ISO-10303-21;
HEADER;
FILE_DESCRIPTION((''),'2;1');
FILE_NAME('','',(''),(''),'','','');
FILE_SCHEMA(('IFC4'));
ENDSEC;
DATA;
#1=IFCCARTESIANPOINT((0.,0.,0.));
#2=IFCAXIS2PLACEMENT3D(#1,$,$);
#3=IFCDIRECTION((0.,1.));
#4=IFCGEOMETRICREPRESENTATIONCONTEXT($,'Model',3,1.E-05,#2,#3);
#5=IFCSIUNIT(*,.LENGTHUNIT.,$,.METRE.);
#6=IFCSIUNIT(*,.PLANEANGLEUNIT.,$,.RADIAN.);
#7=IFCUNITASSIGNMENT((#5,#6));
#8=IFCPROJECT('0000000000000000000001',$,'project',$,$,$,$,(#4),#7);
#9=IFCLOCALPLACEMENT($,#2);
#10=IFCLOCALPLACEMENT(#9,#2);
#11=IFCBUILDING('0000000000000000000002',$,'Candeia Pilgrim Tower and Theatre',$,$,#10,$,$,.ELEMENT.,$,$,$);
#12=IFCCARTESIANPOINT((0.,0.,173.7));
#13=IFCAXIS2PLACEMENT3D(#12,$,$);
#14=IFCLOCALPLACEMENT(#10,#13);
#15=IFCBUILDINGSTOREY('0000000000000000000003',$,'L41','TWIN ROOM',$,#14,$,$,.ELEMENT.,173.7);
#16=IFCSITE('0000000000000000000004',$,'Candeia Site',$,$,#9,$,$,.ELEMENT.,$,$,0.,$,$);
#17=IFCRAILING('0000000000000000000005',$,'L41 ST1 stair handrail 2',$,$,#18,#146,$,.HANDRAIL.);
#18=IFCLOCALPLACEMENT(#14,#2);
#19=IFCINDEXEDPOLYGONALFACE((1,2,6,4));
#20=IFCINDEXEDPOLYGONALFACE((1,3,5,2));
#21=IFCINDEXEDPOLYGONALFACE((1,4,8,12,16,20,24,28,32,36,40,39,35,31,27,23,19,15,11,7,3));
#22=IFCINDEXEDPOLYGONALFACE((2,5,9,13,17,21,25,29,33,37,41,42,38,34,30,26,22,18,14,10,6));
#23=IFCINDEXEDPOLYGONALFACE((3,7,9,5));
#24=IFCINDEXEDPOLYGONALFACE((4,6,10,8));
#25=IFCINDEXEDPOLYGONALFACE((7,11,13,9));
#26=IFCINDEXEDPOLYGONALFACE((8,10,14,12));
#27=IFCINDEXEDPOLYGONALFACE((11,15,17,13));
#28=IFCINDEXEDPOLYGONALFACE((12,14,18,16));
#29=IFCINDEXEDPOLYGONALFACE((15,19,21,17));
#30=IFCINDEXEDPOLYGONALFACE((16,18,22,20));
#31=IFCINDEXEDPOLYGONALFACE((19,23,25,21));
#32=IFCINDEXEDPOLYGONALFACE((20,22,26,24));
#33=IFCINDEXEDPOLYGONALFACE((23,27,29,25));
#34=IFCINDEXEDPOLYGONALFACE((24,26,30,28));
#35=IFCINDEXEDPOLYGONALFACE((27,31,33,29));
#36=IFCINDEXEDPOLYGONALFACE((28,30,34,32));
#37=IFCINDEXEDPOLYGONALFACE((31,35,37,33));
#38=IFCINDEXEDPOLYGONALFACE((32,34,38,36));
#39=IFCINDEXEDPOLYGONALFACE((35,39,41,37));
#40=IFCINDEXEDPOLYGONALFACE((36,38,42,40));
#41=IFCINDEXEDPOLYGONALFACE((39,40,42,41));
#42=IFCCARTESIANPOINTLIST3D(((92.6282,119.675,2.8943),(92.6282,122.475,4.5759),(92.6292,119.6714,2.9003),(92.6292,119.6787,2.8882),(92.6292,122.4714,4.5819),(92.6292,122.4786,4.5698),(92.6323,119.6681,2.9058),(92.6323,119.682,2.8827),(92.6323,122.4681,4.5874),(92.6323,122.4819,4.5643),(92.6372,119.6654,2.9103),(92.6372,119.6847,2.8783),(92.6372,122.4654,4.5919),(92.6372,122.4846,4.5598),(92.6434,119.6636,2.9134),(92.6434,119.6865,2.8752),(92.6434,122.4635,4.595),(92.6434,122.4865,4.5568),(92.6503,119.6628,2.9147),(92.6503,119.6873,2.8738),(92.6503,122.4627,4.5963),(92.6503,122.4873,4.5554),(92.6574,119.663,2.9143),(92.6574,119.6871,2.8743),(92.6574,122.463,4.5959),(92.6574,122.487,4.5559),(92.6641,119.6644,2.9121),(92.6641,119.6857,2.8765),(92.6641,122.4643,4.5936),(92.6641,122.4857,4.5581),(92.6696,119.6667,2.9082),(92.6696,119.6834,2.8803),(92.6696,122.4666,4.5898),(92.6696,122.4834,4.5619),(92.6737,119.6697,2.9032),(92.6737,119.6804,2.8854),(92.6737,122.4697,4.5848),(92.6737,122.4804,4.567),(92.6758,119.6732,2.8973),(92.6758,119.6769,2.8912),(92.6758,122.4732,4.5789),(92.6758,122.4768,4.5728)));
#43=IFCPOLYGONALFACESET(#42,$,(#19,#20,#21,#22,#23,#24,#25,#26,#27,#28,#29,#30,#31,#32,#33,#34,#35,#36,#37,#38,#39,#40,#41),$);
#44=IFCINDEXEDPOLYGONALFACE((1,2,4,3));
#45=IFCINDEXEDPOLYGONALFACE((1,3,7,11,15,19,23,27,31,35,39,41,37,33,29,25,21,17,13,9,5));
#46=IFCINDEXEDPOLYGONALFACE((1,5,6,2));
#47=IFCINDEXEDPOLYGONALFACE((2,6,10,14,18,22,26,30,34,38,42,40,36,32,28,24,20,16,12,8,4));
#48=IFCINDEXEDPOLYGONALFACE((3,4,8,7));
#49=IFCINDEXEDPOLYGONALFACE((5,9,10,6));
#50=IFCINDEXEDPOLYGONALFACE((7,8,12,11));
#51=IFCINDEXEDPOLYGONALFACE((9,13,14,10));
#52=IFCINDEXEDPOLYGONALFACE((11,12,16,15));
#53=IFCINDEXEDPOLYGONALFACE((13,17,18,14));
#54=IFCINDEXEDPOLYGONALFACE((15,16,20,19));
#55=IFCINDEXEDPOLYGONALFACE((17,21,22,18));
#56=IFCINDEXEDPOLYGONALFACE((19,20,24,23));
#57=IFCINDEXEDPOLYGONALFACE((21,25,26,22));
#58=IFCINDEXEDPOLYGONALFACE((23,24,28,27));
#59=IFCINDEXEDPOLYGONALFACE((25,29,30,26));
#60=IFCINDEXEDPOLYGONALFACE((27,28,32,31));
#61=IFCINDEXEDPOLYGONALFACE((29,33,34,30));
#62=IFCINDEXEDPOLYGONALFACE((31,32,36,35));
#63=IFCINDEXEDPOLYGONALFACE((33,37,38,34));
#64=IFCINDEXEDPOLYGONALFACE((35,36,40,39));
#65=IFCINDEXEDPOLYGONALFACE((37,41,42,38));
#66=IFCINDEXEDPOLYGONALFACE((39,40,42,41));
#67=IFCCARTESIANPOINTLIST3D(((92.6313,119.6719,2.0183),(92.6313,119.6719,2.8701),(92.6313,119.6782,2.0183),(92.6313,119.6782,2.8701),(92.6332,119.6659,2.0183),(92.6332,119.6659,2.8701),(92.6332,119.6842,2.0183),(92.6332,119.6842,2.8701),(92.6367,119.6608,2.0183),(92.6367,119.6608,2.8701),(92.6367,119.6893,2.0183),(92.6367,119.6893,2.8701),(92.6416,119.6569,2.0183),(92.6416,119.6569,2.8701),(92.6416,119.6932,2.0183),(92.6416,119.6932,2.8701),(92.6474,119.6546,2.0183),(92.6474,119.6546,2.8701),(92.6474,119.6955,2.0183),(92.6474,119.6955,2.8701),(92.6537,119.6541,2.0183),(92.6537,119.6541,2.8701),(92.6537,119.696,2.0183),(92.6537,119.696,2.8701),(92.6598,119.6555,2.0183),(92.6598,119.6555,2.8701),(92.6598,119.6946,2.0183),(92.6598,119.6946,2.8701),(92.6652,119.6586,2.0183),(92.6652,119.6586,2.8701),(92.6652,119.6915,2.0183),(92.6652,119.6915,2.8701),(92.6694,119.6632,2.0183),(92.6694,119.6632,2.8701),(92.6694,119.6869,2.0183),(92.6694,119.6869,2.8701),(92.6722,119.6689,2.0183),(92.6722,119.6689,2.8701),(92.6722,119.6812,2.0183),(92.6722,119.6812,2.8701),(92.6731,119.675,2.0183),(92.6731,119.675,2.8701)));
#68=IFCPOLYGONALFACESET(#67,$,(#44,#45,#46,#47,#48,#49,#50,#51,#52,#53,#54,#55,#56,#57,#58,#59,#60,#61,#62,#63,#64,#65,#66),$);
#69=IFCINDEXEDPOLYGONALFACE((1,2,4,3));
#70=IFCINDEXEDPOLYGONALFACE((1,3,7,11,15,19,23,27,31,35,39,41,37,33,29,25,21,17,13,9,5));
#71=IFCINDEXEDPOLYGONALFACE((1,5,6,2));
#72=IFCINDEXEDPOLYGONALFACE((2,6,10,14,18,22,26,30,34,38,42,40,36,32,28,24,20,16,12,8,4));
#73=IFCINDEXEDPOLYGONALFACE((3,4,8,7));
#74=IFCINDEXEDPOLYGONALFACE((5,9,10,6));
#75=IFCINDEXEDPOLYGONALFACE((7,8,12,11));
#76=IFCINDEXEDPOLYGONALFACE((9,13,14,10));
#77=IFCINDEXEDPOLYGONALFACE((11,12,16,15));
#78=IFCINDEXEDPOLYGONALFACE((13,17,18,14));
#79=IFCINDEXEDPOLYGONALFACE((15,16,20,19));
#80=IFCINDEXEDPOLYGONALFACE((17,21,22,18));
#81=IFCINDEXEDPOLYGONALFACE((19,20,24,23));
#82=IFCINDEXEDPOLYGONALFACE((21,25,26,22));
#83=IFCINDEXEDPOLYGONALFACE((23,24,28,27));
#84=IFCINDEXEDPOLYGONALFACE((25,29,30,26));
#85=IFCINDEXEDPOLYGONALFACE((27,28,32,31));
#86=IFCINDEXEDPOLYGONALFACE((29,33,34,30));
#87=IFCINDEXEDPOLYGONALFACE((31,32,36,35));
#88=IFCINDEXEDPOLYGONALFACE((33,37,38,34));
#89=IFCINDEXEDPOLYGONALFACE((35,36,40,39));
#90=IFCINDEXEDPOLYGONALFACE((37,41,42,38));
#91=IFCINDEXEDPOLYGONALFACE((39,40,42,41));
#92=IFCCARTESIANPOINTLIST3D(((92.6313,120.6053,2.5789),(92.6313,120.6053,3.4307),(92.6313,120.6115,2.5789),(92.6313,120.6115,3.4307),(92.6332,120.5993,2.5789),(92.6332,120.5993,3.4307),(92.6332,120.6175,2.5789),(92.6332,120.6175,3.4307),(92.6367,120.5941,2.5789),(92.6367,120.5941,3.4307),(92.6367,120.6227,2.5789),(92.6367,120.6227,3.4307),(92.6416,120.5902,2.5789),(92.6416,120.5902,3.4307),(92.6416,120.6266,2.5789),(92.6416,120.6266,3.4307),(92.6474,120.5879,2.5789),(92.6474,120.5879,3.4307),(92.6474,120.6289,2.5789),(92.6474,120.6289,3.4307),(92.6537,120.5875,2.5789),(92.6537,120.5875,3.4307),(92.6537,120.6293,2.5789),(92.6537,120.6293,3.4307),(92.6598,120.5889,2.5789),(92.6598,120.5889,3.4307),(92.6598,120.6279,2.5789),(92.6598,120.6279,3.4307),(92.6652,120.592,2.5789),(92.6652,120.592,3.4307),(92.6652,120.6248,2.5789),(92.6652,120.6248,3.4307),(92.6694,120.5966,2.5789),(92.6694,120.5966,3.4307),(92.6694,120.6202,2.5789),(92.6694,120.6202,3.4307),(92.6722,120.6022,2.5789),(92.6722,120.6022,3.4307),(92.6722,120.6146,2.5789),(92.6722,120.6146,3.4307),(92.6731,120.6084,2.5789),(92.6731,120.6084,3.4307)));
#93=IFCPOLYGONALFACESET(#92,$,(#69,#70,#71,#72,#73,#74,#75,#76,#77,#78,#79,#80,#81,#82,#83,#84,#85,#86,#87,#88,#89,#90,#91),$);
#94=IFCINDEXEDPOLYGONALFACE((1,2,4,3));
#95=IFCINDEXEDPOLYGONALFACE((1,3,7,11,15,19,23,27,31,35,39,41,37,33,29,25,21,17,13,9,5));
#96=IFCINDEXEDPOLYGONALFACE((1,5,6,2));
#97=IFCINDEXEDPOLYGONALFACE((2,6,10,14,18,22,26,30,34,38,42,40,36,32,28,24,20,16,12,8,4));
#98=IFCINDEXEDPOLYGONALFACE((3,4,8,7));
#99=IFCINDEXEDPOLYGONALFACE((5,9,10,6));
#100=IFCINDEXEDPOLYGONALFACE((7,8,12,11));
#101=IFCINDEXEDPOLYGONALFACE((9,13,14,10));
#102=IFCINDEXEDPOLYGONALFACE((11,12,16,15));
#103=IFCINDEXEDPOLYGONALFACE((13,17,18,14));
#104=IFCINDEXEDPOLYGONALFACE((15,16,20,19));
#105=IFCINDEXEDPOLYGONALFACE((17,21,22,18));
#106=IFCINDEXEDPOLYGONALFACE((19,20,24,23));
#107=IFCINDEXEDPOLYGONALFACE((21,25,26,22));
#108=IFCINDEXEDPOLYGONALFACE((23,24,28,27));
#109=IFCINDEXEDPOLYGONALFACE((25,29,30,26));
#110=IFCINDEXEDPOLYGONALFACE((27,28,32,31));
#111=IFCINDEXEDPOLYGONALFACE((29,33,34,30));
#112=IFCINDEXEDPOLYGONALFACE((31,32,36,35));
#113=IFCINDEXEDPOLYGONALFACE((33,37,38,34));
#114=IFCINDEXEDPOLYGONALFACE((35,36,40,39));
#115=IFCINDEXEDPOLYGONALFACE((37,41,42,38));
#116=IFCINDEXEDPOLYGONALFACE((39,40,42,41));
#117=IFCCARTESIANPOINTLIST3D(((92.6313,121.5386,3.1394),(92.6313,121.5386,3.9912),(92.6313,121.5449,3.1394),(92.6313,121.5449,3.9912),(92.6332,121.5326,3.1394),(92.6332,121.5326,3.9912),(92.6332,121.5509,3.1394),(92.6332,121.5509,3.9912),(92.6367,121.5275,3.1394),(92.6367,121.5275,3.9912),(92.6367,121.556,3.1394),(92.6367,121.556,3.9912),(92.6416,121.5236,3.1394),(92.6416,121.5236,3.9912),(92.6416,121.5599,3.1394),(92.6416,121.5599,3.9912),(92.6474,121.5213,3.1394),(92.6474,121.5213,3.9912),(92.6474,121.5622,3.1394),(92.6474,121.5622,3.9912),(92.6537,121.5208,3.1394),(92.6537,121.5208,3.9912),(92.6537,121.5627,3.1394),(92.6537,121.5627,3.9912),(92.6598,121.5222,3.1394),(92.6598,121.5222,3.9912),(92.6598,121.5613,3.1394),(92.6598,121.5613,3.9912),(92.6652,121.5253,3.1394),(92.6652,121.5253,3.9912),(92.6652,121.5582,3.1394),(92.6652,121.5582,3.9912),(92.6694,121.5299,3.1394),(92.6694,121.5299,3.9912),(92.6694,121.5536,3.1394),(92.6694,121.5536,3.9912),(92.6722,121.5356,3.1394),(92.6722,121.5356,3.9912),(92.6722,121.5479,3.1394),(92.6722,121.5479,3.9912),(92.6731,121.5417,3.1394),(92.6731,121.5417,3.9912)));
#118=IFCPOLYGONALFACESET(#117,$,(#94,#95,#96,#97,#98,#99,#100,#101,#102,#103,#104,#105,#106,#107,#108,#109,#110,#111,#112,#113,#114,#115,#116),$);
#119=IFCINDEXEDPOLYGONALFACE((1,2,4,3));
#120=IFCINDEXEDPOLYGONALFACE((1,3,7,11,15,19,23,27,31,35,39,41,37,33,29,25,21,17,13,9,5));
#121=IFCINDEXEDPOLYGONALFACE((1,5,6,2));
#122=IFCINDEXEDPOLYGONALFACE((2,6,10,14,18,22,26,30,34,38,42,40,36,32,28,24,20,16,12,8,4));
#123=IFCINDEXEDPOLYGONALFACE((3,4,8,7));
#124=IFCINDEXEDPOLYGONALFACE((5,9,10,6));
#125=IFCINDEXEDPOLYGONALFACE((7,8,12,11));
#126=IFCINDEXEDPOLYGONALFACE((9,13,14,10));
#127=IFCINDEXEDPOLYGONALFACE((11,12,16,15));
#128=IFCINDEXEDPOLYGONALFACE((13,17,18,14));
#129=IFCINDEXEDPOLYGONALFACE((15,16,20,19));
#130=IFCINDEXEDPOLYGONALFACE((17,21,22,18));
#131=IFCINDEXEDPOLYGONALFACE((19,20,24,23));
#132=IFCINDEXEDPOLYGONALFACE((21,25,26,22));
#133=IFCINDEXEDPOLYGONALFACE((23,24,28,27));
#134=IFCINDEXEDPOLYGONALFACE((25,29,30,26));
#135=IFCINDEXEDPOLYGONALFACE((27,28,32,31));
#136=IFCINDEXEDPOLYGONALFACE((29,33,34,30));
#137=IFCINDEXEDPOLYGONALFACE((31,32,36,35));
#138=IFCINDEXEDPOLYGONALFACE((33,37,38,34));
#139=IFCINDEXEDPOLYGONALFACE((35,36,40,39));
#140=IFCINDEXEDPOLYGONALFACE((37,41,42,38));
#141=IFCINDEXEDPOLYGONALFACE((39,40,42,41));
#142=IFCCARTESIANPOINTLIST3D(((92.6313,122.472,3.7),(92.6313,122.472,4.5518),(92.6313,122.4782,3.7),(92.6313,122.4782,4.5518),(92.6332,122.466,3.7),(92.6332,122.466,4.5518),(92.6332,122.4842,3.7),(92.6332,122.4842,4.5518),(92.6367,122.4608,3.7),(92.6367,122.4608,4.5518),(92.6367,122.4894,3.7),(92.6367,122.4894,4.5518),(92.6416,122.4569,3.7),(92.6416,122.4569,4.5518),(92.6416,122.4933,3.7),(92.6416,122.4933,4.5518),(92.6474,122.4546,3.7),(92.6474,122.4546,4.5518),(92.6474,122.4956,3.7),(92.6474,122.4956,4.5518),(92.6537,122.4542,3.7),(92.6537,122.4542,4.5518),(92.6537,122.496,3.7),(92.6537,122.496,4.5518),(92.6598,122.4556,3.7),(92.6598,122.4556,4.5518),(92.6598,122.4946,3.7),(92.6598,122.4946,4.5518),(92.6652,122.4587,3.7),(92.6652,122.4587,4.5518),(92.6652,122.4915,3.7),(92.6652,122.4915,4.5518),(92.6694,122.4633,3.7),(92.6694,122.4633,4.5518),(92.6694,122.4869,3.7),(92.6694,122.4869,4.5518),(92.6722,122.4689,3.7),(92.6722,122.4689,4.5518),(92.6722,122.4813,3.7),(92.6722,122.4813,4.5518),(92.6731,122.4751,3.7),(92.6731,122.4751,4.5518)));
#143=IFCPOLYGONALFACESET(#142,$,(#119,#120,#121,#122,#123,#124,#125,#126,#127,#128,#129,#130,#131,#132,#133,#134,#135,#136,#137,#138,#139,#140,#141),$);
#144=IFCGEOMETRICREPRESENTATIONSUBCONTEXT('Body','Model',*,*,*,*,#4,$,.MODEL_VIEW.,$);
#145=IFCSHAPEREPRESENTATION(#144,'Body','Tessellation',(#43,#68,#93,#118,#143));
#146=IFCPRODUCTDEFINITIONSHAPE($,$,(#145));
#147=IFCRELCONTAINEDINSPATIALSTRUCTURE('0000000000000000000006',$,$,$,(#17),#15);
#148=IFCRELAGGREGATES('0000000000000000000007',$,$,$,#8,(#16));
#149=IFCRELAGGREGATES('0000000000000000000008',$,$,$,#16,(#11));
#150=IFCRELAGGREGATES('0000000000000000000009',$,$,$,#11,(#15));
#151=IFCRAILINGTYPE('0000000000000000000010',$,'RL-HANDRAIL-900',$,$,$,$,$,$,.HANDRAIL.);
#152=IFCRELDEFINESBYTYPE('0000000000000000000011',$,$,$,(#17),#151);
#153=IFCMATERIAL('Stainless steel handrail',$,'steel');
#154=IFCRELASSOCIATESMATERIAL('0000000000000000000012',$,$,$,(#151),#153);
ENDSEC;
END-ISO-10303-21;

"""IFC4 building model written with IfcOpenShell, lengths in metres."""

from ifc_helpers import new_model, si_unit, direction, frame, origin, origin_2d, place, context, subcontext, project, spatial, circle, extrude, material, type_object, element, save


model = new_model("IFC4")

# Units and contexts
model_context = context("Model", 3, precision=1e-05, world=origin(), true_north=direction((0.0, 1.0)))
body_context = subcontext(model_context, "Body", "Model", "MODEL_VIEW")
ifc_project = project(units=[si_unit("LENGTHUNIT", "METRE"), si_unit("PLANEANGLEUNIT", "RADIAN")], contexts=[model_context])

# Site, building, storey
site_placement = place(None, origin())
site = spatial("IfcSite", under=ifc_project, at=site_placement, Name="Candeia Site", CompositionType="ELEMENT", RefElevation=0.0)
building_placement = place(site_placement, origin())
building = spatial("IfcBuilding", under=site, at=building_placement, Name="Candeia Pilgrim Tower and Theatre", CompositionType="ELEMENT")
storey_placement = place(building_placement, frame((0.0, 0.0, 173.7)))
storey = spatial("IfcBuildingStorey", under=building, at=storey_placement, Name="L41", Description="TWIN ROOM", CompositionType="ELEMENT", Elevation=173.7)

# Railing
ifc_material_1 = material(Name="Stainless steel handrail", Category="steel")
railing_type_1 = type_object("IfcRailingType", Name="RL-HANDRAIL-900", PredefinedType="HANDRAIL", material=ifc_material_1)
railing_1_placement = place(storey_placement, frame((92.6521, 119.675, 2.0183)))
element("IfcRailing", 1, at=railing_1_placement, inside=storey, type_object=railing_type_1, Name="L41 ST1 stair handrail 2", PredefinedType="HANDRAIL", context=body_context, shape_type="SweptSolid", body=[
    extrude(circle(Radius=0.0239, at=origin_2d()), frame((0.0, 0.0, 0.876), z_axis=(0.0, 0.857275, 0.514858), x_axis=(-1.0, 0.0, 0.0)), (0.0, 0.0, 1.0), 3.2661),
    extrude(circle(Radius=0.021, at=origin_2d()), origin(), (0.0, 0.0, 1.0), 0.8518),
    extrude(circle(Radius=0.021, at=origin_2d()), frame((0.0, 0.9333, 0.5605)), (0.0, 0.0, 1.0), 0.8518),
    extrude(circle(Radius=0.021, at=origin_2d()), frame((0.0, 1.8667, 1.1211)), (0.0, 0.0, 1.0), 0.8518),
    extrude(circle(Radius=0.021, at=origin_2d()), frame((0.0, 2.8, 1.6816)), (0.0, 0.0, 1.0), 0.8518),
])

save(model, "model.ifc")
